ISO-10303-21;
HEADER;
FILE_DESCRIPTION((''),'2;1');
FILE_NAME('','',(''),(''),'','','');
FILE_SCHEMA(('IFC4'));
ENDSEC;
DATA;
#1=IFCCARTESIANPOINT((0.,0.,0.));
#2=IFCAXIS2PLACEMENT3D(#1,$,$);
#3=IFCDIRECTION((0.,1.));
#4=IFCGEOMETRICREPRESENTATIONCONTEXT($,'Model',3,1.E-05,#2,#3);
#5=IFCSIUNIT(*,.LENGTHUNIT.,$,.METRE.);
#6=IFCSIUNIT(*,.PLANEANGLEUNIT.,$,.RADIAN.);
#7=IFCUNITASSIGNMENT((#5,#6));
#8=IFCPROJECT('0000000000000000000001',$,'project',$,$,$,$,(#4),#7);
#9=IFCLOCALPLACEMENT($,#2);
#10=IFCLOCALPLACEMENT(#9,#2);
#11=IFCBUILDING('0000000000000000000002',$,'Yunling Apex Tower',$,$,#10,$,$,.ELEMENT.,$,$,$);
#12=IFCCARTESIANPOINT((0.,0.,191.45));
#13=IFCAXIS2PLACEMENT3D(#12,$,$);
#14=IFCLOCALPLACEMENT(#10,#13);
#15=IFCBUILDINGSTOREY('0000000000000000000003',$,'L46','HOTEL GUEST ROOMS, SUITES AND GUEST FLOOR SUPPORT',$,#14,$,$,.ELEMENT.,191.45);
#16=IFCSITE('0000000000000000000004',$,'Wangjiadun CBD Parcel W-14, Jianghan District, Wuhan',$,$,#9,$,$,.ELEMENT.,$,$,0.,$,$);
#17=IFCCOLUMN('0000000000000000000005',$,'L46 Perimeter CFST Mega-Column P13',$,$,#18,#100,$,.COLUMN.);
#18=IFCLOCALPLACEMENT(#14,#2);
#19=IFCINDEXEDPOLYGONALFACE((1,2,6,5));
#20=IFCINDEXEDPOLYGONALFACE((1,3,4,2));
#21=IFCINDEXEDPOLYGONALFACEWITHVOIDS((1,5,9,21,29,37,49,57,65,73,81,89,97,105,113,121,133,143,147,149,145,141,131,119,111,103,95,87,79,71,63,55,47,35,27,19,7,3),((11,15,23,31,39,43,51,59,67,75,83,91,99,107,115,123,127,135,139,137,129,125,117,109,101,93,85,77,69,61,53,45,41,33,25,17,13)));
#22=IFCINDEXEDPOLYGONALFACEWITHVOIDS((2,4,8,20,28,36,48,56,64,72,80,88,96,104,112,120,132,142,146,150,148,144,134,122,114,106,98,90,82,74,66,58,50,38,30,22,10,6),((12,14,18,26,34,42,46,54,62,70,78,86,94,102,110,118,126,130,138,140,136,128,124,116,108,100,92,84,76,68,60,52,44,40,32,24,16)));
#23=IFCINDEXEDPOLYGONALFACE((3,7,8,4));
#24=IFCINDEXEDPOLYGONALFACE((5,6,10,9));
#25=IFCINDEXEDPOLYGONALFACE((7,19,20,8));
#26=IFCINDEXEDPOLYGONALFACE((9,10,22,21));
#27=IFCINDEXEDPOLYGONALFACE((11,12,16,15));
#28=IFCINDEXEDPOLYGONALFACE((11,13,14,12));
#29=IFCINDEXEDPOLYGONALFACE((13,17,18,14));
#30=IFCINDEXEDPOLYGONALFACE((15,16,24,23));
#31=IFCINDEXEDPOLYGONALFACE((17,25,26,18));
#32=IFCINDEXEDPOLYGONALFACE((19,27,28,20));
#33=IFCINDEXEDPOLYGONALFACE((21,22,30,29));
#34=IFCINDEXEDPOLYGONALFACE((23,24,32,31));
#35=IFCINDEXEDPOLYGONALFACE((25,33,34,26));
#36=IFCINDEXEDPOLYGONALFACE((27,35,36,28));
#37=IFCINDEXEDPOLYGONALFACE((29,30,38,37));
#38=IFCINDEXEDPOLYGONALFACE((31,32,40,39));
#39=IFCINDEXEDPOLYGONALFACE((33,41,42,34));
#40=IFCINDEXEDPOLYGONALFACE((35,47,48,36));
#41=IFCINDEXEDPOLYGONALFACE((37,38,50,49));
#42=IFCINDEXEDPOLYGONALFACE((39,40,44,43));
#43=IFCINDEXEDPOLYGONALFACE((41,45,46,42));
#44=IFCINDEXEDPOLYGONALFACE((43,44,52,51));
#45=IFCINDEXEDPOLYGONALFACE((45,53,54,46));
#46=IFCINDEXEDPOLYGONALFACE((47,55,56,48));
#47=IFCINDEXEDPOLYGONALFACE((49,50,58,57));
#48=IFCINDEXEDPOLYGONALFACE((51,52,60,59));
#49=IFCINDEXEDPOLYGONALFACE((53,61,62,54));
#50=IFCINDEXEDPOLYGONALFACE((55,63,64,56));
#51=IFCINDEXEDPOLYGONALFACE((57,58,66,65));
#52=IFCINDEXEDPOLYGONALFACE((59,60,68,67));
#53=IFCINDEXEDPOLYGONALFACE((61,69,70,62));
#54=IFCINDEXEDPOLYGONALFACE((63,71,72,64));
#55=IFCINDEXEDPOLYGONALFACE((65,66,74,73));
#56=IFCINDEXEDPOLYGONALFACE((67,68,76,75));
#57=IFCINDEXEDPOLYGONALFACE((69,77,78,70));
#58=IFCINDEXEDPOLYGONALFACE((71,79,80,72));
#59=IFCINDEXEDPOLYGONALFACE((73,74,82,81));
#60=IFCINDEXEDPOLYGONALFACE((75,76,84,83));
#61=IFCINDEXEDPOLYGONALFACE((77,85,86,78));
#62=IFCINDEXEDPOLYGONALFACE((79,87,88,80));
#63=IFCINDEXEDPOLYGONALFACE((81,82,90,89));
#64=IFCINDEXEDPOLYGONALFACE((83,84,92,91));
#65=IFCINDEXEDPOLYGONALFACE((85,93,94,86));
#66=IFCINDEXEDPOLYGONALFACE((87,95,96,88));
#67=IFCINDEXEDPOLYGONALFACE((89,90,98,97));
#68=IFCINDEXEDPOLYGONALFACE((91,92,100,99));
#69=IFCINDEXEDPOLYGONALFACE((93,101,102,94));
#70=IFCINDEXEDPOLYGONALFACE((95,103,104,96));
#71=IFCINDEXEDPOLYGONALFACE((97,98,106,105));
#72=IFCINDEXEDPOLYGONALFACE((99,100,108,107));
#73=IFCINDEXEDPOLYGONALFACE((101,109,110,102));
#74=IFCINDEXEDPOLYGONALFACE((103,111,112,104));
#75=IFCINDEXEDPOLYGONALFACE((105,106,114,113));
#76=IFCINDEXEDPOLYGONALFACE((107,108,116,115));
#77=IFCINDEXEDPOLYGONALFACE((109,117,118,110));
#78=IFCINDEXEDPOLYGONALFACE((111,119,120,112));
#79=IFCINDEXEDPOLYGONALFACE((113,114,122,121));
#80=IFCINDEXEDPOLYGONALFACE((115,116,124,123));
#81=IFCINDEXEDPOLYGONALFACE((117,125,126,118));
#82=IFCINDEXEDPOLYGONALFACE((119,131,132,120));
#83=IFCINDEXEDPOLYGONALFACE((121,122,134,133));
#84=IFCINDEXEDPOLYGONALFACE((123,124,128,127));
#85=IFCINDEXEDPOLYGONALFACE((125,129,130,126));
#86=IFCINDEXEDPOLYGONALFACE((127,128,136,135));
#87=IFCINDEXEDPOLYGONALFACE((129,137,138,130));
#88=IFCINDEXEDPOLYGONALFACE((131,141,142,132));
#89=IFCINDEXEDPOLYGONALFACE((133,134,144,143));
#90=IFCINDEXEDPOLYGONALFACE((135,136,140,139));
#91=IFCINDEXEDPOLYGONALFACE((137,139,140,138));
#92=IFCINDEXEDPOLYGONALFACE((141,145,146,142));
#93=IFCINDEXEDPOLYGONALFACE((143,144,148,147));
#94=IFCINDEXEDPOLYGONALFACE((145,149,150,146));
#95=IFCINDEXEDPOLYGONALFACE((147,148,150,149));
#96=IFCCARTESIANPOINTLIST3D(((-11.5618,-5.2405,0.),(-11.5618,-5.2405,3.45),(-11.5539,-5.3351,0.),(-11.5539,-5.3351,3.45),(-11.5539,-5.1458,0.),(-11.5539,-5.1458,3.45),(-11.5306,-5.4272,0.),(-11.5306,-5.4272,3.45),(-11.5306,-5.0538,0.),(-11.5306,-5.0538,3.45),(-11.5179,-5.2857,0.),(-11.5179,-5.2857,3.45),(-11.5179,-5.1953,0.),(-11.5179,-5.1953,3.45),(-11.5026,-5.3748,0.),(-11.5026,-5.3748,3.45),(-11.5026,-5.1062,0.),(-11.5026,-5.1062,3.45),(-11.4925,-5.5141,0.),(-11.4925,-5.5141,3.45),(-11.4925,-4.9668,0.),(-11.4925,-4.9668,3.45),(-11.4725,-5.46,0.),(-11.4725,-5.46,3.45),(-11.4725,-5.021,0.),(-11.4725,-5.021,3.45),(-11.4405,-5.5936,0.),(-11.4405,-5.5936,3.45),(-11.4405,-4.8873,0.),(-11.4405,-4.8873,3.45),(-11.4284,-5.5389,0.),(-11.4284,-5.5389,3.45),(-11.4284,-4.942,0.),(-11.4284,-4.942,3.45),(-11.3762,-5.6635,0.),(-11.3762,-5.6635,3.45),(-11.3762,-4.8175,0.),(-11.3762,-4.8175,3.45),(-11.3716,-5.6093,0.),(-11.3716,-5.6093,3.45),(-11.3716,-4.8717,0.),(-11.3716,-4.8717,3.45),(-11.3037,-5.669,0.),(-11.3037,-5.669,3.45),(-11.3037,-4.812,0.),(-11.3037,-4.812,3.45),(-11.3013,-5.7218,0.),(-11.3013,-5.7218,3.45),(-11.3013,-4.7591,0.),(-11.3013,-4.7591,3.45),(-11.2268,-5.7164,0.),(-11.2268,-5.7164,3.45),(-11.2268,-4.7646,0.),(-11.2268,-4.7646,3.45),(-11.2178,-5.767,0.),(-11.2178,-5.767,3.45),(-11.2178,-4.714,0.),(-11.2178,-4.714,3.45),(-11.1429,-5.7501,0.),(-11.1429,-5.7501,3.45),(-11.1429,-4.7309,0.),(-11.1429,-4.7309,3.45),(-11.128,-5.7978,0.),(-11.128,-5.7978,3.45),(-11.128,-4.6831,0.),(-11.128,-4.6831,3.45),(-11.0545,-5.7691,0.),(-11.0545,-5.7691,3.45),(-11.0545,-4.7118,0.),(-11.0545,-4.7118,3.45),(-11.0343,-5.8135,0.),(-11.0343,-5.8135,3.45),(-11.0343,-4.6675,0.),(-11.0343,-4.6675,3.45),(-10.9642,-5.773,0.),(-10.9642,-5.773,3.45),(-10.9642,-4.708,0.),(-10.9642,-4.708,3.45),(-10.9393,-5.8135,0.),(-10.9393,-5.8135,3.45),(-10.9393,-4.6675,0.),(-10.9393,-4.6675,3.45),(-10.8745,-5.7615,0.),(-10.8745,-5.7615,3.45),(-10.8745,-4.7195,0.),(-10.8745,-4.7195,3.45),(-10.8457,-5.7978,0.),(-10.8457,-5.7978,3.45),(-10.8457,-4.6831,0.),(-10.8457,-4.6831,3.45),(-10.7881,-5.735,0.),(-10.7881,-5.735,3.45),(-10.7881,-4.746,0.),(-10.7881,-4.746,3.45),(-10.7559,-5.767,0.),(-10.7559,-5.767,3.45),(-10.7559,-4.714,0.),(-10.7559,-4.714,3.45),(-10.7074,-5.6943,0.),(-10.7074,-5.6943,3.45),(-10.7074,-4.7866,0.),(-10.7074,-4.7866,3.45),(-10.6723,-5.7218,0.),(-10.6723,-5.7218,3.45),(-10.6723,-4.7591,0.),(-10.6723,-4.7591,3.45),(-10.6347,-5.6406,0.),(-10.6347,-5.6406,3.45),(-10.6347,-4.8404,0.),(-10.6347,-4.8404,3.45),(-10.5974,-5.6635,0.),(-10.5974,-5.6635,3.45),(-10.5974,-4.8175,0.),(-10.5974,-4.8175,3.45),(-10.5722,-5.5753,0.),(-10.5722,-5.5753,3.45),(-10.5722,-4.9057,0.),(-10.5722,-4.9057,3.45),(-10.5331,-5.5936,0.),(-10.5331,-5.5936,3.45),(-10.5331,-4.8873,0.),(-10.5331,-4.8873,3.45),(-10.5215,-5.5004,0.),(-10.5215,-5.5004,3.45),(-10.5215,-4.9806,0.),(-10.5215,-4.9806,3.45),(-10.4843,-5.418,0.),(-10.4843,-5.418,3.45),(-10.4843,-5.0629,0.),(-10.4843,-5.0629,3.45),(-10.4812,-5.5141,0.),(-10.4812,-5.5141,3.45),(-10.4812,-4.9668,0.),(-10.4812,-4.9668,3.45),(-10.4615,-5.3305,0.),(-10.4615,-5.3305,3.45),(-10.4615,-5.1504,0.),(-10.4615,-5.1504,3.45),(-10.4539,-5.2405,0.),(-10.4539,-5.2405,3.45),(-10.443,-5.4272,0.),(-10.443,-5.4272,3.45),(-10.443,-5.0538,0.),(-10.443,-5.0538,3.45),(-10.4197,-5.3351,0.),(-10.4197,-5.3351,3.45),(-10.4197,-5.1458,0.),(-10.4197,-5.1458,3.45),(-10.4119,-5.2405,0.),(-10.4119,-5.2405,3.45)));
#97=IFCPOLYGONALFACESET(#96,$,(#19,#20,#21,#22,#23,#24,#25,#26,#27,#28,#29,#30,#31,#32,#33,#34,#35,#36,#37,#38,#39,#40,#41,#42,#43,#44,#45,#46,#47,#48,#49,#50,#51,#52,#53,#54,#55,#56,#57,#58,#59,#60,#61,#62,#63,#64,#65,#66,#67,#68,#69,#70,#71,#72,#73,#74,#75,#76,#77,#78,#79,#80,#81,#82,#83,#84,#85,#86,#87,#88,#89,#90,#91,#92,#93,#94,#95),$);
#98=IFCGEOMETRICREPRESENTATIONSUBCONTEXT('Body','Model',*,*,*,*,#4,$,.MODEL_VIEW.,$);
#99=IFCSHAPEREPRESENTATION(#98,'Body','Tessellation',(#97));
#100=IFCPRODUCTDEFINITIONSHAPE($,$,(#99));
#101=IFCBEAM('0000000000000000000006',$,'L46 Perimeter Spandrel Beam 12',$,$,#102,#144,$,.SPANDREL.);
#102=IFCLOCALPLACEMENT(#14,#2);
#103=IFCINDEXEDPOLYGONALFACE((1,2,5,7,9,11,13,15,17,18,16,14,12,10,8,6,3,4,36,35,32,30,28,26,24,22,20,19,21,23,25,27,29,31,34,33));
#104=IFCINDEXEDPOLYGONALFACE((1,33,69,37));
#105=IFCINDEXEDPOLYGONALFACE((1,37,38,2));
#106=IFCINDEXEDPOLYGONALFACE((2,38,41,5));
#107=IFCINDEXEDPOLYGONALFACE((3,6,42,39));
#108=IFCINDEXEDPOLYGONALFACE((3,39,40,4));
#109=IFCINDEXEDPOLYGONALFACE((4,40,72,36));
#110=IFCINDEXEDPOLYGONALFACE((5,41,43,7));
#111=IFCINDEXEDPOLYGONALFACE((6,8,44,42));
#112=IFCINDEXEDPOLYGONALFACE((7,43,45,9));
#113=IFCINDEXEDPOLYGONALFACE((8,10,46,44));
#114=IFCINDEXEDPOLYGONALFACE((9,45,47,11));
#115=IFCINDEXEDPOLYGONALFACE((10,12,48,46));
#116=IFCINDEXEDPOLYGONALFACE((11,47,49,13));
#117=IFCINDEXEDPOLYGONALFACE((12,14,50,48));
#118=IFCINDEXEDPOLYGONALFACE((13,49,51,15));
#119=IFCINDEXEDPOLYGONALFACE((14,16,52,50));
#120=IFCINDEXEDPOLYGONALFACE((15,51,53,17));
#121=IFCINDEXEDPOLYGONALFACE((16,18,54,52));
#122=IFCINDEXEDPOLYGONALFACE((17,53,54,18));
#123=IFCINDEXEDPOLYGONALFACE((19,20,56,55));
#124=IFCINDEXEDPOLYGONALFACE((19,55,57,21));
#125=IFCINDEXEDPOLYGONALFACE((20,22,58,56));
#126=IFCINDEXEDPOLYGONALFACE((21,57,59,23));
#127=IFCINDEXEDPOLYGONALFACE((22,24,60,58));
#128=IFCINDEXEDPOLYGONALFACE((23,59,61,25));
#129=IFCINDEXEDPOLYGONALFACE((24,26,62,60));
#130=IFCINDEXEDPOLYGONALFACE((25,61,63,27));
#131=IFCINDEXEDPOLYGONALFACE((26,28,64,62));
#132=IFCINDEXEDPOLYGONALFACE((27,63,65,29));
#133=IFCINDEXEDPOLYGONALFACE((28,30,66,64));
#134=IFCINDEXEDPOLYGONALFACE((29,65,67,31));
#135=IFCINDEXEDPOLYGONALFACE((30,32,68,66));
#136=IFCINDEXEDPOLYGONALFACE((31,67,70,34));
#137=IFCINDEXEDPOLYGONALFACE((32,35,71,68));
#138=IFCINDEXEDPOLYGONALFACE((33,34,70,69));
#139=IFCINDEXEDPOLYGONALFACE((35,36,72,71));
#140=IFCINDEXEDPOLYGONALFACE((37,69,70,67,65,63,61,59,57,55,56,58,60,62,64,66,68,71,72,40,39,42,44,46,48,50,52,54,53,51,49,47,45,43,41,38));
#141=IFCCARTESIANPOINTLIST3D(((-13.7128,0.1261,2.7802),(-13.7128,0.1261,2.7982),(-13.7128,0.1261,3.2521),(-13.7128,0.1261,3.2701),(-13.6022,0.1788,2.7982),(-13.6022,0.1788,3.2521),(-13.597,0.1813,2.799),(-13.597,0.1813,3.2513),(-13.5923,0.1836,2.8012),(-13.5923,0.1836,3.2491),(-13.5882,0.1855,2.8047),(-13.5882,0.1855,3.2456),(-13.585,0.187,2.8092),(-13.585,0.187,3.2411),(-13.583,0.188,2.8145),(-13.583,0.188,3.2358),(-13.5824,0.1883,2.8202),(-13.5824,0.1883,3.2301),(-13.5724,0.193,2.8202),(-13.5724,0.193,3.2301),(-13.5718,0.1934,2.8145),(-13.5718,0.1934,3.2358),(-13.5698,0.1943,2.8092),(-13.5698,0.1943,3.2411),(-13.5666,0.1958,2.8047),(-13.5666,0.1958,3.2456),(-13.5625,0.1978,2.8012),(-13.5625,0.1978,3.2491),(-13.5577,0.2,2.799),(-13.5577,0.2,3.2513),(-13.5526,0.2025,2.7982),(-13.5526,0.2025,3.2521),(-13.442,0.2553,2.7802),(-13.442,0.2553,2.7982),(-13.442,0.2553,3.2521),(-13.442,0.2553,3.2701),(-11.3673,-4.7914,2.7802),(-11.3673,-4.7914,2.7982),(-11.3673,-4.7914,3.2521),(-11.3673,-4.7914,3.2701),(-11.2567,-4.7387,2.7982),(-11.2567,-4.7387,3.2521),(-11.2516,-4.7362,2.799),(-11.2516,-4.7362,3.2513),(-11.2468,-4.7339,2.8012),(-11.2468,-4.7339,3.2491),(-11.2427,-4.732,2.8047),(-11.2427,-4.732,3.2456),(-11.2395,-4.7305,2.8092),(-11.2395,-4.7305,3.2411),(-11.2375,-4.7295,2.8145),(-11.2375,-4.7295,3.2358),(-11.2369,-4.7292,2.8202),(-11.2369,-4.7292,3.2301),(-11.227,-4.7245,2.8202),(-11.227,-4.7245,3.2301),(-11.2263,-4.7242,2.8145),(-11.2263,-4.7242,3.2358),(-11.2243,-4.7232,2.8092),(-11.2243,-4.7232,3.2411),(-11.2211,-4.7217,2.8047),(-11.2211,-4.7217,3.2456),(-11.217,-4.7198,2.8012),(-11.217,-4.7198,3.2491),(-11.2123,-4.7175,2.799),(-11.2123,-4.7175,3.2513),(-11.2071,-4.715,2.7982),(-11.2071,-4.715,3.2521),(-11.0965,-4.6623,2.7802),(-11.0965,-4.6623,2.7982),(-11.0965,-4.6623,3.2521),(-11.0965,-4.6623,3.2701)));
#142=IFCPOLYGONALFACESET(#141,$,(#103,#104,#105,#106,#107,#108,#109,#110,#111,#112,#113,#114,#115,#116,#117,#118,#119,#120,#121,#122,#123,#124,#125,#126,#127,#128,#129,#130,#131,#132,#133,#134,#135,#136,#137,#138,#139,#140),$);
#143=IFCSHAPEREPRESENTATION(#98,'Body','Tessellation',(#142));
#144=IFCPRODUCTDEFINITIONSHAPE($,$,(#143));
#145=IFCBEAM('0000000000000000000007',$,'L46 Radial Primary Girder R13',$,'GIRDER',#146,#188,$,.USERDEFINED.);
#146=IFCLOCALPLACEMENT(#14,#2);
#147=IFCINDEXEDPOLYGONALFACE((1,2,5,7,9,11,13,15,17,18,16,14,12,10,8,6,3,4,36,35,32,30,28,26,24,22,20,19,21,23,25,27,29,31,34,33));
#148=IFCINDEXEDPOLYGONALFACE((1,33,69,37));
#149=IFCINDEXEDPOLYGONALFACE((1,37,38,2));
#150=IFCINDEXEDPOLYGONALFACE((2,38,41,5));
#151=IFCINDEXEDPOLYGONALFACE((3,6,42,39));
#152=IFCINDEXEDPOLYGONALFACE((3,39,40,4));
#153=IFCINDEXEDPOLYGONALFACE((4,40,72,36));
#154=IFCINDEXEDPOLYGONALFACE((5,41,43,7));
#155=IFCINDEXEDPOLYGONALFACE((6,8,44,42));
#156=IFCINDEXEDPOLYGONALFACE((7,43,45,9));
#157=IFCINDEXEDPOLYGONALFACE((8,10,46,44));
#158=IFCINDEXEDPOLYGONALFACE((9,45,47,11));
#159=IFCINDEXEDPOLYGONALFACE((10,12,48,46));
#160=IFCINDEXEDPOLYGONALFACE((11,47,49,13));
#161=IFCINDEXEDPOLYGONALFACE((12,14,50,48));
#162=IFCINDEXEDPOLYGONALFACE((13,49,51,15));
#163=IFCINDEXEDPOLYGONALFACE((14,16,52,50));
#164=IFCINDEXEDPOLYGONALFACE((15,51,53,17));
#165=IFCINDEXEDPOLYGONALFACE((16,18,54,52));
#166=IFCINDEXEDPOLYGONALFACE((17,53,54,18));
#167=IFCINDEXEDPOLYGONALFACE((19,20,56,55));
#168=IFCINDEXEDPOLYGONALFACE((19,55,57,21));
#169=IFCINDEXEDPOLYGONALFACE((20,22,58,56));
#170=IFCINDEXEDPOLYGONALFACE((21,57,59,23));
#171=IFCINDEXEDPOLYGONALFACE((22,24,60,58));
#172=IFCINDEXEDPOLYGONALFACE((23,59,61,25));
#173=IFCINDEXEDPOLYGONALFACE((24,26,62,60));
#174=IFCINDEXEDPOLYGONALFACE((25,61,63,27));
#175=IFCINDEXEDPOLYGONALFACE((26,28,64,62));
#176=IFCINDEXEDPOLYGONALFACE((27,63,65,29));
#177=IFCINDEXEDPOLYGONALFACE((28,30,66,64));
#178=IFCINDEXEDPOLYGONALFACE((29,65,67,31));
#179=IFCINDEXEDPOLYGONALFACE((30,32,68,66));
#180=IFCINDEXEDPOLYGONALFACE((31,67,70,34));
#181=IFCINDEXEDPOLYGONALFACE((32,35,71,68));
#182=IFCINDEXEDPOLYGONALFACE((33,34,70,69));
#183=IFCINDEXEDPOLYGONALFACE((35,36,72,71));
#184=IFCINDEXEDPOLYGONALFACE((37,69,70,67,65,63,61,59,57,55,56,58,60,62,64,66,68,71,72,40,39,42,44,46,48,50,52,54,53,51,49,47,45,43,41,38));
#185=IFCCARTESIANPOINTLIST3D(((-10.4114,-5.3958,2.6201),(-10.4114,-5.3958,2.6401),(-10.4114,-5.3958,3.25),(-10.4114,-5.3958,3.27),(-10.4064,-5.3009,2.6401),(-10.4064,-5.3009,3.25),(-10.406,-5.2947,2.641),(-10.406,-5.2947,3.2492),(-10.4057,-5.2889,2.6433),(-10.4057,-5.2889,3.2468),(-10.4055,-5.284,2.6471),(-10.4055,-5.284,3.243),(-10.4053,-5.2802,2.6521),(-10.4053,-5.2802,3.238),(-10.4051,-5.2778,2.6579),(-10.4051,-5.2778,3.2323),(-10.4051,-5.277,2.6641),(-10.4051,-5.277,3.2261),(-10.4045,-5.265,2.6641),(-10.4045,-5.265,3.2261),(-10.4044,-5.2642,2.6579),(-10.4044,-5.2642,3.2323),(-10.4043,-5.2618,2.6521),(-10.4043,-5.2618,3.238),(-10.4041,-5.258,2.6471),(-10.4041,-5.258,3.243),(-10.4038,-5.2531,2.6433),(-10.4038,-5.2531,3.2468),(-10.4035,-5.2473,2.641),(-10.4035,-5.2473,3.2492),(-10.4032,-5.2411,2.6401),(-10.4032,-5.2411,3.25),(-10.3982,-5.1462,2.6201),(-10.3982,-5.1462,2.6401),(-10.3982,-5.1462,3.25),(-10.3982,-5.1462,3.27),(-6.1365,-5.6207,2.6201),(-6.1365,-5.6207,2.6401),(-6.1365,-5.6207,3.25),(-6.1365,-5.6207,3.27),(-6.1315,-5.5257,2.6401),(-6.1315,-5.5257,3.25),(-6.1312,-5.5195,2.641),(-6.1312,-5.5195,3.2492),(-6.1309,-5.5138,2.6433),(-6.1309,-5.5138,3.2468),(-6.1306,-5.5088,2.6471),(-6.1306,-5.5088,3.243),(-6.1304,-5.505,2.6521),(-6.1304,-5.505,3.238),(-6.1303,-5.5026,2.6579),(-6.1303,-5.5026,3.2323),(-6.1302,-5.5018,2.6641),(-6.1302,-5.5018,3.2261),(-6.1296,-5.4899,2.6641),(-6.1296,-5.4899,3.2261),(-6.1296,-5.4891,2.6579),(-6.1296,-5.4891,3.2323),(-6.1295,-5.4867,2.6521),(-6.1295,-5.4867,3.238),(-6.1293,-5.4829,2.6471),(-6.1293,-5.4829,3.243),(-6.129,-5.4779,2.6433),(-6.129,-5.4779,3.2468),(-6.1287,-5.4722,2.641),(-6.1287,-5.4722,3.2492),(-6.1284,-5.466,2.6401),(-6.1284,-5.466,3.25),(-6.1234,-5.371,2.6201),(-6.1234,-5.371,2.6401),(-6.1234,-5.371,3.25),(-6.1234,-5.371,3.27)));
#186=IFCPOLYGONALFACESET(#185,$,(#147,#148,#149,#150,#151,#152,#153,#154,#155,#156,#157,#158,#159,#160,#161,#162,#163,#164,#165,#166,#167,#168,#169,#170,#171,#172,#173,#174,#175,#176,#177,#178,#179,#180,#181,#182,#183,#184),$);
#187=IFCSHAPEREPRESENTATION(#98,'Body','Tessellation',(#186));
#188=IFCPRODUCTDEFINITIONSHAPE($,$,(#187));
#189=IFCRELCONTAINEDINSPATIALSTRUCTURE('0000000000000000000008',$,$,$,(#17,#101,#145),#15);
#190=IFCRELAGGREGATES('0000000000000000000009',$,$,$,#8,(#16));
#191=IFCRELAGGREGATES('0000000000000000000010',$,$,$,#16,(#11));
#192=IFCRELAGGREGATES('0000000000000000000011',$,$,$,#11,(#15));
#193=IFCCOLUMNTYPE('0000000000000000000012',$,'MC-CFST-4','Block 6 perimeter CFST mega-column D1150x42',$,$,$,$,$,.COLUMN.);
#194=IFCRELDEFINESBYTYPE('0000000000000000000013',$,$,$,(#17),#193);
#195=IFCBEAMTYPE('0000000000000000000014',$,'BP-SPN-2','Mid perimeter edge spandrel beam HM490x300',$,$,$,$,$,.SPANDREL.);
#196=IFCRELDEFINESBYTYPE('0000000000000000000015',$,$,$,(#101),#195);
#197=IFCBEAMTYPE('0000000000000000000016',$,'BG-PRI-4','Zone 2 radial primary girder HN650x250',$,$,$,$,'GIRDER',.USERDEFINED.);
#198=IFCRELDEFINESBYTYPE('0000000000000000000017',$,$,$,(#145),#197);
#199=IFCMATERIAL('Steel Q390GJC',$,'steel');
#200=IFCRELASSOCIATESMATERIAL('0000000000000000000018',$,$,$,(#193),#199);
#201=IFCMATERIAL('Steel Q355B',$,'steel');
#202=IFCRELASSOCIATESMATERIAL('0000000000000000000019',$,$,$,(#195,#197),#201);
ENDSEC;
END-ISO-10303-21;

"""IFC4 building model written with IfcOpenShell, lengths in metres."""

from ifc_helpers import new_model, si_unit, direction, frame, origin, origin_2d, place, context, subcontext, project, spatial, hollow_circle, i_section, extrude, source, transform, mapped, material, material_profile, profile_set, type_object, element, save


model = new_model("IFC4")

# Units and contexts
model_context = context("Model", 3, precision=1e-05, world=origin(), true_north=direction((0.0, 1.0)))
body_context = subcontext(model_context, "Body", "Model", "MODEL_VIEW")
ifc_project = project(units=[si_unit("LENGTHUNIT", "METRE"), si_unit("PLANEANGLEUNIT", "RADIAN")], contexts=[model_context])

# Site, building, storey
site_placement = place(None, origin())
site = spatial("IfcSite", under=ifc_project, at=site_placement, Name="Wangjiadun CBD Parcel W-14, Jianghan District, Wuhan", CompositionType="ELEMENT", RefElevation=0.0)
building_placement = place(site_placement, origin())
building = spatial("IfcBuilding", under=site, at=building_placement, Name="Yunling Apex Tower", CompositionType="ELEMENT")
storey_placement = place(building_placement, frame((0.0, 0.0, 191.45)))
storey = spatial("IfcBuildingStorey", under=building, at=storey_placement, Name="L46", Description="HOTEL GUEST ROOMS, SUITES AND GUEST FLOOR SUPPORT", CompositionType="ELEMENT", Elevation=191.45)

# Column
ifc_material_1 = material(Name="Steel Q390GJC", Category="steel")
ifc_material_profile_1 = material_profile(ifc_material_1, hollow_circle(Radius=0.575, WallThickness=0.042, at=origin_2d()))
ifc_profile_set_1 = profile_set([ifc_material_profile_1], Name="Steel Q390GJC")
column_type = type_object("IfcColumnType", Name="MC-CFST-4", Description="Block 6 perimeter CFST mega-column D1150x42", PredefinedType="COLUMN", material=ifc_profile_set_1)
shared_shape_1 = source(origin(), body_context, "Body", "SweptSolid", [
    extrude(hollow_circle(Radius=0.575, WallThickness=0.042, at=origin_2d()), origin(), (0.0, 0.0, 1.0), 3.45),
])
column_placement = place(storey_placement, frame((-10.9868, -5.2405, 0.0), z_axis=(0.0, 0.0, 1.0), x_axis=(1.0, 0.0, 0.0)))
element("IfcColumn", 1, at=column_placement, inside=storey, type_object=column_type, Name="L46 Perimeter CFST Mega-Column P13", PredefinedType="COLUMN", context=body_context, shape_type="MappedRepresentation", body=[
    mapped(shared_shape_1, transform((0.0, 0.0, 0.0), scale=1.0)),
])

# Beams
ifc_material_2 = material(Name="Steel Q355B", Category="steel")
ifc_material_profile_2 = material_profile(ifc_material_2, i_section(OverallWidth=0.3, OverallDepth=0.49, WebThickness=0.011, FlangeThickness=0.0181, FilletRadius=0.022, at=origin_2d()))
ifc_profile_set_2 = profile_set([ifc_material_profile_2], Name="Steel Q355B")
beam_type_1 = type_object("IfcBeamType", Name="BP-SPN-2", Description="Mid perimeter edge spandrel beam HM490x300", PredefinedType="SPANDREL", material=ifc_profile_set_2)
shared_shape_2 = source(origin(), body_context, "Body", "SweptSolid", [
    extrude(i_section(OverallWidth=0.3, OverallDepth=0.49, WebThickness=0.011, FlangeThickness=0.0181, FilletRadius=0.022, at=origin_2d()), origin(), (0.0, 0.0, 1.0), 5.4482),
])
beam_1_placement = place(storey_placement, frame((-13.5774, 0.1907, 3.0251), z_axis=(0.430502, -0.902589, 0.0), x_axis=(0.902589, 0.430502, 0.0)))
element("IfcBeam", 2, at=beam_1_placement, inside=storey, type_object=beam_type_1, Name="L46 Perimeter Spandrel Beam 12", PredefinedType="SPANDREL", context=body_context, shape_type="MappedRepresentation", body=[
    mapped(shared_shape_2, transform((0.0, 0.0, 0.0), scale=1.0)),
])
ifc_material_profile_3 = material_profile(ifc_material_2, i_section(OverallWidth=0.25, OverallDepth=0.6499, WebThickness=0.012, FlangeThickness=0.02, FilletRadius=0.0239, at=origin_2d()))
ifc_profile_set_3 = profile_set([ifc_material_profile_3], Name="Steel Q355B")
beam_type_2 = type_object("IfcBeamType", Name="BG-PRI-4", Description="Zone 2 radial primary girder HN650x250", ElementType="GIRDER", PredefinedType="USERDEFINED", material=ifc_profile_set_3)
shared_shape_3 = source(origin(), body_context, "Body", "SweptSolid", [
    extrude(i_section(OverallWidth=0.25, OverallDepth=0.6499, WebThickness=0.012, FlangeThickness=0.02, FilletRadius=0.0239, at=origin_2d()), origin(), (0.0, 0.0, 1.0), 4.2808),
])
beam_2_placement = place(storey_placement, frame((-10.4048, -5.271, 2.9451), z_axis=(0.99862, -0.052526, 0.0), x_axis=(0.052526, 0.99862, 0.0)))
element("IfcBeam", 3, at=beam_2_placement, inside=storey, type_object=beam_type_2, Name="L46 Radial Primary Girder R13", ObjectType="GIRDER", PredefinedType="USERDEFINED", context=body_context, shape_type="MappedRepresentation", body=[
    mapped(shared_shape_3, transform((0.0, 0.0, 0.0), scale=1.0)),
])

save(model, "model.ifc")
